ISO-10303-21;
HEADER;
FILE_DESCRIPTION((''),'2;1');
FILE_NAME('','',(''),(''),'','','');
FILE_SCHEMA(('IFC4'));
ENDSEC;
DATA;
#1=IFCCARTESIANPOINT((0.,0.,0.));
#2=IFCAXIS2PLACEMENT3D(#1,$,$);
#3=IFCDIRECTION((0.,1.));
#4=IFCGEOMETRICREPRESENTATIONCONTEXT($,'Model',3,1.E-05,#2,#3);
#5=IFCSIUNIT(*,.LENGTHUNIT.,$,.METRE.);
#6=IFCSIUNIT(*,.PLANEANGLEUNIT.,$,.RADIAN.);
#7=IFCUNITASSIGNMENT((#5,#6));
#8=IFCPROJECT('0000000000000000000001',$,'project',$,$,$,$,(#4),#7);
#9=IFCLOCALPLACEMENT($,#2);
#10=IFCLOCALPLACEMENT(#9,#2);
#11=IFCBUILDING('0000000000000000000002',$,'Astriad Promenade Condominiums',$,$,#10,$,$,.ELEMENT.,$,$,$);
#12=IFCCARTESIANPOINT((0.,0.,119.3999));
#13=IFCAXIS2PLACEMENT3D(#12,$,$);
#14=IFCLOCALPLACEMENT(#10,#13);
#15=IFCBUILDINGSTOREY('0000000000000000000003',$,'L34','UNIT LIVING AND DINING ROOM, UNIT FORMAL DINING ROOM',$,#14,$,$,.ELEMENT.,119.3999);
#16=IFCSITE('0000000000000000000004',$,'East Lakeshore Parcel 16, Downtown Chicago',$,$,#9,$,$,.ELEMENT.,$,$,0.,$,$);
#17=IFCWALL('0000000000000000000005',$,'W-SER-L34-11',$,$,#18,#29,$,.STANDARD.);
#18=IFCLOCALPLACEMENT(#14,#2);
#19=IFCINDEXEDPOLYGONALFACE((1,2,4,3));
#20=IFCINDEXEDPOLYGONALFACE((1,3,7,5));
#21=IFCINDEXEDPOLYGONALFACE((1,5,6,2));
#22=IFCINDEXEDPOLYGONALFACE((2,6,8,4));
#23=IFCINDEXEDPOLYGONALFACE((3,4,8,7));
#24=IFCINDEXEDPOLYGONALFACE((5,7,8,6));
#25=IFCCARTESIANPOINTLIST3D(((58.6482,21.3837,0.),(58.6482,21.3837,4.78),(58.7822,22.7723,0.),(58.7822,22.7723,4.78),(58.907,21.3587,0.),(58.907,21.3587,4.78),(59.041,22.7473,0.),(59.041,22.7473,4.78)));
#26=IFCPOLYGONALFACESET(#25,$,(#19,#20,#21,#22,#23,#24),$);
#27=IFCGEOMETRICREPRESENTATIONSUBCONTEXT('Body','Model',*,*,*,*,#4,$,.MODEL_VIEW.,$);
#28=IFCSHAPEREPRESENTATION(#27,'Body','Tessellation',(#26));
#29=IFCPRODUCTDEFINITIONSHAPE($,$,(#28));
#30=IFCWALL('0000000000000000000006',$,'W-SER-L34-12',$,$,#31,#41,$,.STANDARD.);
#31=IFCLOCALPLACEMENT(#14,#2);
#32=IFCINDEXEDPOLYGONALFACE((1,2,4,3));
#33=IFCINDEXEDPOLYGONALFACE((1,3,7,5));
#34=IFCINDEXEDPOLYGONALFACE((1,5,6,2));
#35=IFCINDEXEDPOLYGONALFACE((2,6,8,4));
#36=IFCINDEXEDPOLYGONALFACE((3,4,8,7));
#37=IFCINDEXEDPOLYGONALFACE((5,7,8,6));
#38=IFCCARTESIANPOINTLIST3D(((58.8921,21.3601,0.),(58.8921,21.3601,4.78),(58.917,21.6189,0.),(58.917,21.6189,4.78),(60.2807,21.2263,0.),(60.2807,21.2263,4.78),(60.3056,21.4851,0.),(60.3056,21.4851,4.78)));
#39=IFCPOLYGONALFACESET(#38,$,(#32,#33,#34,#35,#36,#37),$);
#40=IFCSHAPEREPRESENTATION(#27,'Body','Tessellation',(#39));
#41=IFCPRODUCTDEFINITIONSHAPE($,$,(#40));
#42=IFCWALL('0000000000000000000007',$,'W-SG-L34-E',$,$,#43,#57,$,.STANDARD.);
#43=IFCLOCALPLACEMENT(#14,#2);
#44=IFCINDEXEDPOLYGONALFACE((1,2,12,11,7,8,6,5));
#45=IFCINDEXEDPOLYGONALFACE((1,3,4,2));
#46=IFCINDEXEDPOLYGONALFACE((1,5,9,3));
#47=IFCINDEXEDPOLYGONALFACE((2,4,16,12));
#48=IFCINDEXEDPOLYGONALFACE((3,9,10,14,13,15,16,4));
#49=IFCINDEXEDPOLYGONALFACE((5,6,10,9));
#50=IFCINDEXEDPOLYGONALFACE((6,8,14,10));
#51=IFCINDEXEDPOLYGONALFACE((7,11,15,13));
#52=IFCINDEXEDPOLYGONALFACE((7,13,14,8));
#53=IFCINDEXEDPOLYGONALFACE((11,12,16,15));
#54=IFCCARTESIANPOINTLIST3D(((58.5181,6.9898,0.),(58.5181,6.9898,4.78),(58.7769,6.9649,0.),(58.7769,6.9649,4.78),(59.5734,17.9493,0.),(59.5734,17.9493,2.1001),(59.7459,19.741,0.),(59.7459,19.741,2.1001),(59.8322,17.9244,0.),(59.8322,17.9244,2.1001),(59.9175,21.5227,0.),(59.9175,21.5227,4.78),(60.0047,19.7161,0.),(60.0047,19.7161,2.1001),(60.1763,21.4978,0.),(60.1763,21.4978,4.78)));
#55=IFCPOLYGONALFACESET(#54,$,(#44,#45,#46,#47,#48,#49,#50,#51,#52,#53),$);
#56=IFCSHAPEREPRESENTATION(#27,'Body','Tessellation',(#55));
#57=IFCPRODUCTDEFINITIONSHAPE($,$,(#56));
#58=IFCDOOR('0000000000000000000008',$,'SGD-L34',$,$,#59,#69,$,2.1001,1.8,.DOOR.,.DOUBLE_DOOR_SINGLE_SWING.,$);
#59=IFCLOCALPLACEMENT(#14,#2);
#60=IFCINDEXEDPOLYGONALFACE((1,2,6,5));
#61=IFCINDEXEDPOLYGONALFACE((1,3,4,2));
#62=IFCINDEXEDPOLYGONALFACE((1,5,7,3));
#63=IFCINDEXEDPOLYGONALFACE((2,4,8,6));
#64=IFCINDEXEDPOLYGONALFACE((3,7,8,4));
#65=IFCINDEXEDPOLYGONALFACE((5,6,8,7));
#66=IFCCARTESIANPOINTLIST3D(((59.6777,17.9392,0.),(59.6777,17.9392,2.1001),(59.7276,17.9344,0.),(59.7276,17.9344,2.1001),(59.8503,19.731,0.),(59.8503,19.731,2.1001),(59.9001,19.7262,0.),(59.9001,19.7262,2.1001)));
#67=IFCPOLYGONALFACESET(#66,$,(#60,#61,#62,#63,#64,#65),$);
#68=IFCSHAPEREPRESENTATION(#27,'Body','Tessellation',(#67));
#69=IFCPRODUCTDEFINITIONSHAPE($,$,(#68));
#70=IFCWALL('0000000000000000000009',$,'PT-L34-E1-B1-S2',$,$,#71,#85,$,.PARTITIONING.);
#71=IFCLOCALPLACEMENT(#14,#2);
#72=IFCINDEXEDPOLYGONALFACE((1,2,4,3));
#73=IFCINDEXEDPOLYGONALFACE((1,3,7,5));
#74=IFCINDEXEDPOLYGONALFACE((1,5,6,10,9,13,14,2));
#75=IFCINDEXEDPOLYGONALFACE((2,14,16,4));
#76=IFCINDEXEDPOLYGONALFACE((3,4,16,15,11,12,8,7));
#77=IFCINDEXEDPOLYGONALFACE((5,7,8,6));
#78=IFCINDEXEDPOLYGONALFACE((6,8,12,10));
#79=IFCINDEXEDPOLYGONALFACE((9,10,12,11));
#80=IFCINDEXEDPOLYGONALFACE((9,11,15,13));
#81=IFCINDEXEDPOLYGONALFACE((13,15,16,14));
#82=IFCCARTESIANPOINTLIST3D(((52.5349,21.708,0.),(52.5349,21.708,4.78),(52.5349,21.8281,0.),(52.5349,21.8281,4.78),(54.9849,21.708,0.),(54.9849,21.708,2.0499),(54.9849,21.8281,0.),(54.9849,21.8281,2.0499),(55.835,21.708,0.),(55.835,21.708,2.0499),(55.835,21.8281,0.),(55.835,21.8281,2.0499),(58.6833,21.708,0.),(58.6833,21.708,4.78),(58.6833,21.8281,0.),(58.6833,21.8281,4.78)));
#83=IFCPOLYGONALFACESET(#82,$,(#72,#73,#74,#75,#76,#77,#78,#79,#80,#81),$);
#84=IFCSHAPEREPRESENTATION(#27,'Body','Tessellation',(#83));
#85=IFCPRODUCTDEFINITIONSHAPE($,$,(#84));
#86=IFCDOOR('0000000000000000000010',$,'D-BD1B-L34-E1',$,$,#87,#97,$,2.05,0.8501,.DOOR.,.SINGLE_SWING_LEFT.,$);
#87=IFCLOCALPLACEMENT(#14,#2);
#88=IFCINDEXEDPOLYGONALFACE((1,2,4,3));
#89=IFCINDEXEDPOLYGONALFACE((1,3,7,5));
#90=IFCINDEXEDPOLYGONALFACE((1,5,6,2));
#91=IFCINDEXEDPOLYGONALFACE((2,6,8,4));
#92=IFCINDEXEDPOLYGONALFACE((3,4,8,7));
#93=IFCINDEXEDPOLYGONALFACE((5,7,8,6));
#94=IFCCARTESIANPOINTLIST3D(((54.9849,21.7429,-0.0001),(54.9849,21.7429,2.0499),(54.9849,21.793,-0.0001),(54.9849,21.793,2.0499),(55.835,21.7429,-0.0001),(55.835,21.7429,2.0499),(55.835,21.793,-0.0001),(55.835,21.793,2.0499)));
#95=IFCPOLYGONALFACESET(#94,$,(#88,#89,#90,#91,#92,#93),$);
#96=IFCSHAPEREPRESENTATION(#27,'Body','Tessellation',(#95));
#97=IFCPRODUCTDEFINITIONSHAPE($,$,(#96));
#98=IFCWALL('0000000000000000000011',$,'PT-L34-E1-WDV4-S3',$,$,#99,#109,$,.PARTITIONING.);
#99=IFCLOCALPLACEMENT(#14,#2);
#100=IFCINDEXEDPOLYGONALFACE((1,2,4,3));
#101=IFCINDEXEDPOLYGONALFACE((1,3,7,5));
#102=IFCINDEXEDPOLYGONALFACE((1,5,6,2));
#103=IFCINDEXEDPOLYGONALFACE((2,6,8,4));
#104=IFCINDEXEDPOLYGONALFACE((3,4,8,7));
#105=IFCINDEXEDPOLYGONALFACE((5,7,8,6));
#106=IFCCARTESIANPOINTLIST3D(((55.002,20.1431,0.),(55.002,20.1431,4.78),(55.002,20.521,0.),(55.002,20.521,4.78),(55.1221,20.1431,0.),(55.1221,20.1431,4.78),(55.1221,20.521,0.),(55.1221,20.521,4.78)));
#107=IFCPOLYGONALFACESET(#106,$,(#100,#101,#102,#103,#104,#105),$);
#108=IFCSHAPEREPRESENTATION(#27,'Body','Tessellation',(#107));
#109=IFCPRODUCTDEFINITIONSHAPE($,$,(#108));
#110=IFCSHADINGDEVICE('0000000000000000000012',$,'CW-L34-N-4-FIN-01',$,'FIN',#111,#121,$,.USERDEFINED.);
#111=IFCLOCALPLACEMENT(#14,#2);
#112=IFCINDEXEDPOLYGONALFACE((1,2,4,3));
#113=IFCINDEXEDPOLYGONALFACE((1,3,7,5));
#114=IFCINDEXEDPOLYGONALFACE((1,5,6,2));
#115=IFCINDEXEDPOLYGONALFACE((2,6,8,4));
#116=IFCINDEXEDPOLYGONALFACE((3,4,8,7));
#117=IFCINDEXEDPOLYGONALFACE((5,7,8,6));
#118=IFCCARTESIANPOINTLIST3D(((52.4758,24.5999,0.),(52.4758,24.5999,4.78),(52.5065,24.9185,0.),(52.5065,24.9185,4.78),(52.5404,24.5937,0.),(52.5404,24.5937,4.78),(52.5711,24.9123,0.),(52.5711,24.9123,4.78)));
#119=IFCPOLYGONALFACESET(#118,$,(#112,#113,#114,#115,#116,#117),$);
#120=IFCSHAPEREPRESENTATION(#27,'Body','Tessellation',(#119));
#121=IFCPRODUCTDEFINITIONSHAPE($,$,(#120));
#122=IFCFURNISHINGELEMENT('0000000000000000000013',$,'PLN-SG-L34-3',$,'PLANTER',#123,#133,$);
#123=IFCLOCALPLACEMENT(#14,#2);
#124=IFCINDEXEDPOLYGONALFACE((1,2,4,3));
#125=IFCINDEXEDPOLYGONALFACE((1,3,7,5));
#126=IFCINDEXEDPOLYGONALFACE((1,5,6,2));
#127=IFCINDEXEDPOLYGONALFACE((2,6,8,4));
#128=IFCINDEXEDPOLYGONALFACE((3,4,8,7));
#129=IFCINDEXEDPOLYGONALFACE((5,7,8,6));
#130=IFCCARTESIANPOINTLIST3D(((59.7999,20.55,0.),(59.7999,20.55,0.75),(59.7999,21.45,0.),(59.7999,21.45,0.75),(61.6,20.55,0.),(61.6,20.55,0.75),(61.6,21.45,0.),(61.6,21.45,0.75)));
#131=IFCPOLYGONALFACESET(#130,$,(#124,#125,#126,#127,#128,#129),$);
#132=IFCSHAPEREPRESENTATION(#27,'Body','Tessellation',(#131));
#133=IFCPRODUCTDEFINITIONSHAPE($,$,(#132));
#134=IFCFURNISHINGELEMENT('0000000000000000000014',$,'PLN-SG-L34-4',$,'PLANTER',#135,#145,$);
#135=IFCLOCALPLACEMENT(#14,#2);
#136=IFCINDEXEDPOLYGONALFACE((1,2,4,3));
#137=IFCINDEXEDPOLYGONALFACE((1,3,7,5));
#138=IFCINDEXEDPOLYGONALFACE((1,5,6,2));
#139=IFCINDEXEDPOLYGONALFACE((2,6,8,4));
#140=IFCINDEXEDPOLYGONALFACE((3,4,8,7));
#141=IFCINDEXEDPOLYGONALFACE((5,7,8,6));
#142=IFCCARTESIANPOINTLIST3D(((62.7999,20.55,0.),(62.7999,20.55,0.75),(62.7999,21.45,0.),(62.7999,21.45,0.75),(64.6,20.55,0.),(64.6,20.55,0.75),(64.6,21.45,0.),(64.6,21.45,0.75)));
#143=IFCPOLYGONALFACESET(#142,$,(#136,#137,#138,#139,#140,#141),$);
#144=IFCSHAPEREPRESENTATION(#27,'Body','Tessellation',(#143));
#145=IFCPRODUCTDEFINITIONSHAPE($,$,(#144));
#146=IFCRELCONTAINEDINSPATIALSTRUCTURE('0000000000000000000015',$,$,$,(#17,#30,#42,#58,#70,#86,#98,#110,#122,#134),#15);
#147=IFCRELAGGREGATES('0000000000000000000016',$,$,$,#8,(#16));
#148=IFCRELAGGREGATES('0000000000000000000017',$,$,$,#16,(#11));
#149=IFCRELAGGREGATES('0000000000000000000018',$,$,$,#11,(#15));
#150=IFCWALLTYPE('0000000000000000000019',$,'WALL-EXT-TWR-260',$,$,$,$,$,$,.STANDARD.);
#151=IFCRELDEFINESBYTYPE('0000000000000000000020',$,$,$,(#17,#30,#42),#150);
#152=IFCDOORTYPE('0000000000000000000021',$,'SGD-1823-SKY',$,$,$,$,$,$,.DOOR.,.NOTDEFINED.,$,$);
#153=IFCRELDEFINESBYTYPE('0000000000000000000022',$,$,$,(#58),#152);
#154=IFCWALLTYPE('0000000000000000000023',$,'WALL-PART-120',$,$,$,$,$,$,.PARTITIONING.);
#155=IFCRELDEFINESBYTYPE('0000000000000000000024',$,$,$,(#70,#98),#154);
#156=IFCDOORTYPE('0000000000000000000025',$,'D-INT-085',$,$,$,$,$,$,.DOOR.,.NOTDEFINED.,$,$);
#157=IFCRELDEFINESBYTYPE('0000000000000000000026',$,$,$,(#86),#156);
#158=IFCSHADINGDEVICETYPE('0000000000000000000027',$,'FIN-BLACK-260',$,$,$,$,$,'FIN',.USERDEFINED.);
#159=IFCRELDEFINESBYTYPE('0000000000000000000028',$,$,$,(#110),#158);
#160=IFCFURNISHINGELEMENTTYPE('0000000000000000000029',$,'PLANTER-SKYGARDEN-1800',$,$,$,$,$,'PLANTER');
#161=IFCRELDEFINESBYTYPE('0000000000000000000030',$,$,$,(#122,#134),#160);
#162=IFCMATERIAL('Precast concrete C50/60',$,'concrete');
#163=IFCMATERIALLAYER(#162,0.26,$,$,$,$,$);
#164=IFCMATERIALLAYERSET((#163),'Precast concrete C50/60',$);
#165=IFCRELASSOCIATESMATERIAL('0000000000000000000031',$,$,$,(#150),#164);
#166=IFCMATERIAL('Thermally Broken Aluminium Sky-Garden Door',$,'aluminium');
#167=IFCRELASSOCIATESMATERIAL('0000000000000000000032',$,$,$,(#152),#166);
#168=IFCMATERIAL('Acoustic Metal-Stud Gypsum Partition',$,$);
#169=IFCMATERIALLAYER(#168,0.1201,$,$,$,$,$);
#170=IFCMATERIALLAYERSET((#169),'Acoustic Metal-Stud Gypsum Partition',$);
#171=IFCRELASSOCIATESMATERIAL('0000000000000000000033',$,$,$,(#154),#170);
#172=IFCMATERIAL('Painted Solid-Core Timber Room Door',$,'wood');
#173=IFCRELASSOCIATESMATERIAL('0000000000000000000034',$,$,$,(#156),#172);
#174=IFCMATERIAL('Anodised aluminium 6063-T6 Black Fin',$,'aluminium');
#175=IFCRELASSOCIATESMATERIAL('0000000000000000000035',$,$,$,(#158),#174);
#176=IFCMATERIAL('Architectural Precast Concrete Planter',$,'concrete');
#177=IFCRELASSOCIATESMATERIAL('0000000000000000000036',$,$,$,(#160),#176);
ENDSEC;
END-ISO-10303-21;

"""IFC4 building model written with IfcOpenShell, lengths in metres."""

from ifc_helpers import new_model, si_unit, direction, frame, frame_2d, origin, origin_2d, place, context, subcontext, project, spatial, rectangle, extrude, source, transform, mapped, material, layer, layer_set, type_object, type_shapes, element, fill, save


model = new_model("IFC4")

# Units and contexts
model_context = context("Model", 3, precision=1e-05, world=origin(), true_north=direction((0.0, 1.0)))
body_context = subcontext(model_context, "Body", "Model", "MODEL_VIEW")
ifc_project = project(units=[si_unit("LENGTHUNIT", "METRE"), si_unit("PLANEANGLEUNIT", "RADIAN")], contexts=[model_context])

# Site, building, storey
site_placement = place(None, origin())
site = spatial("IfcSite", under=ifc_project, at=site_placement, Name="East Lakeshore Parcel 16, Downtown Chicago", CompositionType="ELEMENT", RefElevation=0.0)
building_placement = place(site_placement, origin())
building = spatial("IfcBuilding", under=site, at=building_placement, Name="Astriad Promenade Condominiums", CompositionType="ELEMENT")
storey_placement = place(building_placement, frame((0.0, 0.0, 119.3999)))
storey = spatial("IfcBuildingStorey", under=building, at=storey_placement, Name="L34", Description="UNIT LIVING AND DINING ROOM, UNIT FORMAL DINING ROOM", CompositionType="ELEMENT", Elevation=119.3999)

# Walls
ifc_material_1 = material(Name="Precast concrete C50/60", Category="concrete")
ifc_layer_1 = layer(ifc_material_1, 0.26)
ifc_layer_set_1 = layer_set([ifc_layer_1], Name="Precast concrete C50/60")
wall_type_1 = type_object("IfcWallType", Name="WALL-EXT-TWR-260", PredefinedType="STANDARD", material=ifc_layer_set_1)
for number, where, z_axis, x_axis, name in (
    (1, (58.9116, 22.7598, 0.0), (0.0, 0.0, 1.0), (-0.096073, -0.995374, 0.0), "W-SER-L34-11"),
    (2, (58.9045, 21.4895, 0.0), (0.0, 0.0, 1.0), (0.995391, -0.095899, 0.0), "W-SER-L34-12"),
):
    element("IfcWall", number, at=place(storey_placement, frame(where, z_axis=z_axis, x_axis=x_axis)), inside=storey, type_object=wall_type_1, Name=name, PredefinedType="STANDARD", context=body_context, shape_type="SweptSolid", body=[
        extrude(rectangle(XDim=1.395, YDim=0.26, at=frame_2d((0.6975, 0.0))), origin(), (0.0, 0.0, 1.0), 4.78),
    ])

# Walls, openings, doors
wall_1_placement = place(storey_placement, frame((60.0469, 21.5103, 0.0), z_axis=(0.0, 0.0, 1.0), x_axis=(-0.095849, -0.995396, 0.0)))
wall_1 = element("IfcWall", 3, at=wall_1_placement, inside=storey, type_object=wall_type_1, Name="W-SG-L34-E", PredefinedType="STANDARD", context=body_context, shape_type="SweptSolid", body=[
    extrude(rectangle(XDim=14.6001, YDim=0.26, at=frame_2d((7.3, 0.0))), origin(), (0.0, 0.0, 1.0), 4.78),
])
opening_1_placement = place(wall_1_placement, frame((1.79, 0.0, 0.0)))
opening_1 = element("IfcOpeningElement", 4, at=opening_1_placement, cuts=wall_1, PredefinedType="OPENING", context=body_context, shape_type="SweptSolid", body=[
    extrude(rectangle(XDim=1.8, YDim=2.1001, at=frame_2d((0.8999, 1.05))), frame((0.0, 0.1399, 0.0), z_axis=(0.0, -1.0, 0.0), x_axis=(1.0, 0.0, 0.0)), (0.0, 0.0, 1.0), 0.28),
])
ifc_material_2 = material(Name="Thermally Broken Aluminium Sky-Garden Door", Category="aluminium")
door_type_1 = type_object("IfcDoorType", Name="SGD-1823-SKY", OperationType="NOTDEFINED", PredefinedType="DOOR", material=ifc_material_2)
shared_shape_1 = source(origin(), body_context, "Body", "SweptSolid", [
    extrude(rectangle(XDim=1.8, YDim=2.1001, at=frame_2d((0.8999, 1.05))), frame((0.0, 0.0249, 0.0), z_axis=(0.0, -1.0, 0.0), x_axis=(1.0, 0.0, 0.0)), (0.0, 0.0, 1.0), 0.05),
])
type_shapes(door_type_1, [shared_shape_1])
door_1_placement = place(opening_1_placement, origin())
door_1 = element("IfcDoor", 5, at=door_1_placement, inside=storey, type_object=door_type_1, Name="SGD-L34", OperationType="DOUBLE_DOOR_SINGLE_SWING", OverallHeight=2.1001, OverallWidth=1.8, PredefinedType="DOOR", context=body_context, shape_type="MappedRepresentation", body=[
    mapped(shared_shape_1, transform((0.0, 0.0, 0.0), scale=1.0)),
])
fill(opening_1, door_1)
ifc_material_3 = material(Name="Acoustic Metal-Stud Gypsum Partition")
ifc_layer_2 = layer(ifc_material_3, 0.1201)
ifc_layer_set_2 = layer_set([ifc_layer_2], Name="Acoustic Metal-Stud Gypsum Partition")
wall_type_2 = type_object("IfcWallType", Name="WALL-PART-120", PredefinedType="PARTITIONING", material=ifc_layer_set_2)
wall_2_placement = place(storey_placement, frame((52.5349, 21.7681, 0.0), z_axis=(0.0, 0.0, 1.0), x_axis=(1.0, 0.0, 0.0)))
wall_2 = element("IfcWall", 6, at=wall_2_placement, inside=storey, type_object=wall_type_2, Name="PT-L34-E1-B1-S2", PredefinedType="PARTITIONING", context=body_context, shape_type="SweptSolid", body=[
    extrude(rectangle(XDim=6.1484, YDim=0.1201, at=frame_2d((3.0742, 0.0))), origin(), (0.0, 0.0, 1.0), 4.78),
])
opening_2_placement = place(wall_2_placement, frame((2.45, 0.0, 0.0)))
opening_2 = element("IfcOpeningElement", 7, at=opening_2_placement, cuts=wall_2, PredefinedType="OPENING", context=body_context, shape_type="SweptSolid", body=[
    extrude(rectangle(XDim=0.8501, YDim=2.05, at=frame_2d((0.425, 1.0249))), frame((0.0, 0.0701, 0.0), z_axis=(0.0, -1.0, 0.0), x_axis=(1.0, 0.0, 0.0)), (0.0, 0.0, 1.0), 0.1401),
])
ifc_material_4 = material(Name="Painted Solid-Core Timber Room Door", Category="wood")
door_type_2 = type_object("IfcDoorType", Name="D-INT-085", OperationType="NOTDEFINED", PredefinedType="DOOR", material=ifc_material_4)
shared_shape_2 = source(origin(), body_context, "Body", "SweptSolid", [
    extrude(rectangle(XDim=0.8501, YDim=2.05, at=frame_2d((0.425, 1.0249))), frame((0.0, 0.0249, 0.0), z_axis=(0.0, -1.0, 0.0), x_axis=(1.0, 0.0, 0.0)), (0.0, 0.0, 1.0), 0.05),
])
type_shapes(door_type_2, [shared_shape_2])
door_2_placement = place(opening_2_placement, origin())
door_2 = element("IfcDoor", 8, at=door_2_placement, inside=storey, type_object=door_type_2, Name="D-BD1B-L34-E1", OperationType="SINGLE_SWING_LEFT", OverallHeight=2.05, OverallWidth=0.8501, PredefinedType="DOOR", context=body_context, shape_type="MappedRepresentation", body=[
    mapped(shared_shape_2, transform((0.0, 0.0, 0.0), scale=1.0)),
])
fill(opening_2, door_2)

# Wall
wall_3_placement = place(storey_placement, frame((55.062, 20.1431, 0.0), z_axis=(0.0, 0.0, 1.0), x_axis=(0.0, 1.0, 0.0)))
element("IfcWall", 9, at=wall_3_placement, inside=storey, type_object=wall_type_2, Name="PT-L34-E1-WDV4-S3", PredefinedType="PARTITIONING", context=body_context, shape_type="SweptSolid", body=[
    extrude(rectangle(XDim=0.3779, YDim=0.1201, at=frame_2d((0.189, 0.0))), origin(), (0.0, 0.0, 1.0), 4.78),
])

# Shading device
ifc_material_5 = material(Name="Anodised aluminium 6063-T6 Black Fin", Category="aluminium")
shading_device_type = type_object("IfcShadingDeviceType", Name="FIN-BLACK-260", ElementType="FIN", PredefinedType="USERDEFINED", material=ifc_material_5)
shared_shape_3 = source(origin(), body_context, "Body", "SweptSolid", [
    extrude(rectangle(XDim=0.0649, YDim=0.3201, at=origin_2d()), origin(), (0.0, 0.0, 1.0), 4.78),
])
type_shapes(shading_device_type, [shared_shape_3])
shading_device_placement = place(storey_placement, frame((52.5234, 24.7561, 0.0), z_axis=(0.0, 0.0, 1.0), x_axis=(0.995396, -0.095846, 0.0)))
element("IfcShadingDevice", 10, at=shading_device_placement, inside=storey, type_object=shading_device_type, Name="CW-L34-N-4-FIN-01", ObjectType="FIN", PredefinedType="USERDEFINED", context=body_context, shape_type="MappedRepresentation", body=[
    mapped(shared_shape_3, transform((0.0, 0.0, 0.0), scale=1.0)),
])

# Furnishing elements
ifc_material_6 = material(Name="Architectural Precast Concrete Planter", Category="concrete")
furnishing_element_type = type_object("IfcFurnishingElementType", Name="PLANTER-SKYGARDEN-1800", ElementType="PLANTER", material=ifc_material_6)
shared_shape_4 = source(origin(), body_context, "Body", "SweptSolid", [
    extrude(rectangle(XDim=1.8, YDim=0.8999, at=origin_2d()), origin(), (0.0, 0.0, 1.0), 0.75),
])
type_shapes(furnishing_element_type, [shared_shape_4])
for number, where, z_axis, x_axis, name in (
    (11, (60.7, 21.0, 0.0), (0.0, 0.0, 1.0), (1.0, 0.0, 0.0), "PLN-SG-L34-3"),
    (12, (63.7, 21.0, 0.0), (0.0, 0.0, 1.0), (1.0, 0.0, 0.0), "PLN-SG-L34-4"),
):
    element("IfcFurnishingElement", number, at=place(storey_placement, frame(where, z_axis=z_axis, x_axis=x_axis)), inside=storey, type_object=furnishing_element_type, Name=name, ObjectType="PLANTER", context=body_context, shape_type="MappedRepresentation", body=[
        mapped(shared_shape_4, transform((0.0, 0.0, 0.0), scale=1.0)),
    ])

save(model, "model.ifc")
